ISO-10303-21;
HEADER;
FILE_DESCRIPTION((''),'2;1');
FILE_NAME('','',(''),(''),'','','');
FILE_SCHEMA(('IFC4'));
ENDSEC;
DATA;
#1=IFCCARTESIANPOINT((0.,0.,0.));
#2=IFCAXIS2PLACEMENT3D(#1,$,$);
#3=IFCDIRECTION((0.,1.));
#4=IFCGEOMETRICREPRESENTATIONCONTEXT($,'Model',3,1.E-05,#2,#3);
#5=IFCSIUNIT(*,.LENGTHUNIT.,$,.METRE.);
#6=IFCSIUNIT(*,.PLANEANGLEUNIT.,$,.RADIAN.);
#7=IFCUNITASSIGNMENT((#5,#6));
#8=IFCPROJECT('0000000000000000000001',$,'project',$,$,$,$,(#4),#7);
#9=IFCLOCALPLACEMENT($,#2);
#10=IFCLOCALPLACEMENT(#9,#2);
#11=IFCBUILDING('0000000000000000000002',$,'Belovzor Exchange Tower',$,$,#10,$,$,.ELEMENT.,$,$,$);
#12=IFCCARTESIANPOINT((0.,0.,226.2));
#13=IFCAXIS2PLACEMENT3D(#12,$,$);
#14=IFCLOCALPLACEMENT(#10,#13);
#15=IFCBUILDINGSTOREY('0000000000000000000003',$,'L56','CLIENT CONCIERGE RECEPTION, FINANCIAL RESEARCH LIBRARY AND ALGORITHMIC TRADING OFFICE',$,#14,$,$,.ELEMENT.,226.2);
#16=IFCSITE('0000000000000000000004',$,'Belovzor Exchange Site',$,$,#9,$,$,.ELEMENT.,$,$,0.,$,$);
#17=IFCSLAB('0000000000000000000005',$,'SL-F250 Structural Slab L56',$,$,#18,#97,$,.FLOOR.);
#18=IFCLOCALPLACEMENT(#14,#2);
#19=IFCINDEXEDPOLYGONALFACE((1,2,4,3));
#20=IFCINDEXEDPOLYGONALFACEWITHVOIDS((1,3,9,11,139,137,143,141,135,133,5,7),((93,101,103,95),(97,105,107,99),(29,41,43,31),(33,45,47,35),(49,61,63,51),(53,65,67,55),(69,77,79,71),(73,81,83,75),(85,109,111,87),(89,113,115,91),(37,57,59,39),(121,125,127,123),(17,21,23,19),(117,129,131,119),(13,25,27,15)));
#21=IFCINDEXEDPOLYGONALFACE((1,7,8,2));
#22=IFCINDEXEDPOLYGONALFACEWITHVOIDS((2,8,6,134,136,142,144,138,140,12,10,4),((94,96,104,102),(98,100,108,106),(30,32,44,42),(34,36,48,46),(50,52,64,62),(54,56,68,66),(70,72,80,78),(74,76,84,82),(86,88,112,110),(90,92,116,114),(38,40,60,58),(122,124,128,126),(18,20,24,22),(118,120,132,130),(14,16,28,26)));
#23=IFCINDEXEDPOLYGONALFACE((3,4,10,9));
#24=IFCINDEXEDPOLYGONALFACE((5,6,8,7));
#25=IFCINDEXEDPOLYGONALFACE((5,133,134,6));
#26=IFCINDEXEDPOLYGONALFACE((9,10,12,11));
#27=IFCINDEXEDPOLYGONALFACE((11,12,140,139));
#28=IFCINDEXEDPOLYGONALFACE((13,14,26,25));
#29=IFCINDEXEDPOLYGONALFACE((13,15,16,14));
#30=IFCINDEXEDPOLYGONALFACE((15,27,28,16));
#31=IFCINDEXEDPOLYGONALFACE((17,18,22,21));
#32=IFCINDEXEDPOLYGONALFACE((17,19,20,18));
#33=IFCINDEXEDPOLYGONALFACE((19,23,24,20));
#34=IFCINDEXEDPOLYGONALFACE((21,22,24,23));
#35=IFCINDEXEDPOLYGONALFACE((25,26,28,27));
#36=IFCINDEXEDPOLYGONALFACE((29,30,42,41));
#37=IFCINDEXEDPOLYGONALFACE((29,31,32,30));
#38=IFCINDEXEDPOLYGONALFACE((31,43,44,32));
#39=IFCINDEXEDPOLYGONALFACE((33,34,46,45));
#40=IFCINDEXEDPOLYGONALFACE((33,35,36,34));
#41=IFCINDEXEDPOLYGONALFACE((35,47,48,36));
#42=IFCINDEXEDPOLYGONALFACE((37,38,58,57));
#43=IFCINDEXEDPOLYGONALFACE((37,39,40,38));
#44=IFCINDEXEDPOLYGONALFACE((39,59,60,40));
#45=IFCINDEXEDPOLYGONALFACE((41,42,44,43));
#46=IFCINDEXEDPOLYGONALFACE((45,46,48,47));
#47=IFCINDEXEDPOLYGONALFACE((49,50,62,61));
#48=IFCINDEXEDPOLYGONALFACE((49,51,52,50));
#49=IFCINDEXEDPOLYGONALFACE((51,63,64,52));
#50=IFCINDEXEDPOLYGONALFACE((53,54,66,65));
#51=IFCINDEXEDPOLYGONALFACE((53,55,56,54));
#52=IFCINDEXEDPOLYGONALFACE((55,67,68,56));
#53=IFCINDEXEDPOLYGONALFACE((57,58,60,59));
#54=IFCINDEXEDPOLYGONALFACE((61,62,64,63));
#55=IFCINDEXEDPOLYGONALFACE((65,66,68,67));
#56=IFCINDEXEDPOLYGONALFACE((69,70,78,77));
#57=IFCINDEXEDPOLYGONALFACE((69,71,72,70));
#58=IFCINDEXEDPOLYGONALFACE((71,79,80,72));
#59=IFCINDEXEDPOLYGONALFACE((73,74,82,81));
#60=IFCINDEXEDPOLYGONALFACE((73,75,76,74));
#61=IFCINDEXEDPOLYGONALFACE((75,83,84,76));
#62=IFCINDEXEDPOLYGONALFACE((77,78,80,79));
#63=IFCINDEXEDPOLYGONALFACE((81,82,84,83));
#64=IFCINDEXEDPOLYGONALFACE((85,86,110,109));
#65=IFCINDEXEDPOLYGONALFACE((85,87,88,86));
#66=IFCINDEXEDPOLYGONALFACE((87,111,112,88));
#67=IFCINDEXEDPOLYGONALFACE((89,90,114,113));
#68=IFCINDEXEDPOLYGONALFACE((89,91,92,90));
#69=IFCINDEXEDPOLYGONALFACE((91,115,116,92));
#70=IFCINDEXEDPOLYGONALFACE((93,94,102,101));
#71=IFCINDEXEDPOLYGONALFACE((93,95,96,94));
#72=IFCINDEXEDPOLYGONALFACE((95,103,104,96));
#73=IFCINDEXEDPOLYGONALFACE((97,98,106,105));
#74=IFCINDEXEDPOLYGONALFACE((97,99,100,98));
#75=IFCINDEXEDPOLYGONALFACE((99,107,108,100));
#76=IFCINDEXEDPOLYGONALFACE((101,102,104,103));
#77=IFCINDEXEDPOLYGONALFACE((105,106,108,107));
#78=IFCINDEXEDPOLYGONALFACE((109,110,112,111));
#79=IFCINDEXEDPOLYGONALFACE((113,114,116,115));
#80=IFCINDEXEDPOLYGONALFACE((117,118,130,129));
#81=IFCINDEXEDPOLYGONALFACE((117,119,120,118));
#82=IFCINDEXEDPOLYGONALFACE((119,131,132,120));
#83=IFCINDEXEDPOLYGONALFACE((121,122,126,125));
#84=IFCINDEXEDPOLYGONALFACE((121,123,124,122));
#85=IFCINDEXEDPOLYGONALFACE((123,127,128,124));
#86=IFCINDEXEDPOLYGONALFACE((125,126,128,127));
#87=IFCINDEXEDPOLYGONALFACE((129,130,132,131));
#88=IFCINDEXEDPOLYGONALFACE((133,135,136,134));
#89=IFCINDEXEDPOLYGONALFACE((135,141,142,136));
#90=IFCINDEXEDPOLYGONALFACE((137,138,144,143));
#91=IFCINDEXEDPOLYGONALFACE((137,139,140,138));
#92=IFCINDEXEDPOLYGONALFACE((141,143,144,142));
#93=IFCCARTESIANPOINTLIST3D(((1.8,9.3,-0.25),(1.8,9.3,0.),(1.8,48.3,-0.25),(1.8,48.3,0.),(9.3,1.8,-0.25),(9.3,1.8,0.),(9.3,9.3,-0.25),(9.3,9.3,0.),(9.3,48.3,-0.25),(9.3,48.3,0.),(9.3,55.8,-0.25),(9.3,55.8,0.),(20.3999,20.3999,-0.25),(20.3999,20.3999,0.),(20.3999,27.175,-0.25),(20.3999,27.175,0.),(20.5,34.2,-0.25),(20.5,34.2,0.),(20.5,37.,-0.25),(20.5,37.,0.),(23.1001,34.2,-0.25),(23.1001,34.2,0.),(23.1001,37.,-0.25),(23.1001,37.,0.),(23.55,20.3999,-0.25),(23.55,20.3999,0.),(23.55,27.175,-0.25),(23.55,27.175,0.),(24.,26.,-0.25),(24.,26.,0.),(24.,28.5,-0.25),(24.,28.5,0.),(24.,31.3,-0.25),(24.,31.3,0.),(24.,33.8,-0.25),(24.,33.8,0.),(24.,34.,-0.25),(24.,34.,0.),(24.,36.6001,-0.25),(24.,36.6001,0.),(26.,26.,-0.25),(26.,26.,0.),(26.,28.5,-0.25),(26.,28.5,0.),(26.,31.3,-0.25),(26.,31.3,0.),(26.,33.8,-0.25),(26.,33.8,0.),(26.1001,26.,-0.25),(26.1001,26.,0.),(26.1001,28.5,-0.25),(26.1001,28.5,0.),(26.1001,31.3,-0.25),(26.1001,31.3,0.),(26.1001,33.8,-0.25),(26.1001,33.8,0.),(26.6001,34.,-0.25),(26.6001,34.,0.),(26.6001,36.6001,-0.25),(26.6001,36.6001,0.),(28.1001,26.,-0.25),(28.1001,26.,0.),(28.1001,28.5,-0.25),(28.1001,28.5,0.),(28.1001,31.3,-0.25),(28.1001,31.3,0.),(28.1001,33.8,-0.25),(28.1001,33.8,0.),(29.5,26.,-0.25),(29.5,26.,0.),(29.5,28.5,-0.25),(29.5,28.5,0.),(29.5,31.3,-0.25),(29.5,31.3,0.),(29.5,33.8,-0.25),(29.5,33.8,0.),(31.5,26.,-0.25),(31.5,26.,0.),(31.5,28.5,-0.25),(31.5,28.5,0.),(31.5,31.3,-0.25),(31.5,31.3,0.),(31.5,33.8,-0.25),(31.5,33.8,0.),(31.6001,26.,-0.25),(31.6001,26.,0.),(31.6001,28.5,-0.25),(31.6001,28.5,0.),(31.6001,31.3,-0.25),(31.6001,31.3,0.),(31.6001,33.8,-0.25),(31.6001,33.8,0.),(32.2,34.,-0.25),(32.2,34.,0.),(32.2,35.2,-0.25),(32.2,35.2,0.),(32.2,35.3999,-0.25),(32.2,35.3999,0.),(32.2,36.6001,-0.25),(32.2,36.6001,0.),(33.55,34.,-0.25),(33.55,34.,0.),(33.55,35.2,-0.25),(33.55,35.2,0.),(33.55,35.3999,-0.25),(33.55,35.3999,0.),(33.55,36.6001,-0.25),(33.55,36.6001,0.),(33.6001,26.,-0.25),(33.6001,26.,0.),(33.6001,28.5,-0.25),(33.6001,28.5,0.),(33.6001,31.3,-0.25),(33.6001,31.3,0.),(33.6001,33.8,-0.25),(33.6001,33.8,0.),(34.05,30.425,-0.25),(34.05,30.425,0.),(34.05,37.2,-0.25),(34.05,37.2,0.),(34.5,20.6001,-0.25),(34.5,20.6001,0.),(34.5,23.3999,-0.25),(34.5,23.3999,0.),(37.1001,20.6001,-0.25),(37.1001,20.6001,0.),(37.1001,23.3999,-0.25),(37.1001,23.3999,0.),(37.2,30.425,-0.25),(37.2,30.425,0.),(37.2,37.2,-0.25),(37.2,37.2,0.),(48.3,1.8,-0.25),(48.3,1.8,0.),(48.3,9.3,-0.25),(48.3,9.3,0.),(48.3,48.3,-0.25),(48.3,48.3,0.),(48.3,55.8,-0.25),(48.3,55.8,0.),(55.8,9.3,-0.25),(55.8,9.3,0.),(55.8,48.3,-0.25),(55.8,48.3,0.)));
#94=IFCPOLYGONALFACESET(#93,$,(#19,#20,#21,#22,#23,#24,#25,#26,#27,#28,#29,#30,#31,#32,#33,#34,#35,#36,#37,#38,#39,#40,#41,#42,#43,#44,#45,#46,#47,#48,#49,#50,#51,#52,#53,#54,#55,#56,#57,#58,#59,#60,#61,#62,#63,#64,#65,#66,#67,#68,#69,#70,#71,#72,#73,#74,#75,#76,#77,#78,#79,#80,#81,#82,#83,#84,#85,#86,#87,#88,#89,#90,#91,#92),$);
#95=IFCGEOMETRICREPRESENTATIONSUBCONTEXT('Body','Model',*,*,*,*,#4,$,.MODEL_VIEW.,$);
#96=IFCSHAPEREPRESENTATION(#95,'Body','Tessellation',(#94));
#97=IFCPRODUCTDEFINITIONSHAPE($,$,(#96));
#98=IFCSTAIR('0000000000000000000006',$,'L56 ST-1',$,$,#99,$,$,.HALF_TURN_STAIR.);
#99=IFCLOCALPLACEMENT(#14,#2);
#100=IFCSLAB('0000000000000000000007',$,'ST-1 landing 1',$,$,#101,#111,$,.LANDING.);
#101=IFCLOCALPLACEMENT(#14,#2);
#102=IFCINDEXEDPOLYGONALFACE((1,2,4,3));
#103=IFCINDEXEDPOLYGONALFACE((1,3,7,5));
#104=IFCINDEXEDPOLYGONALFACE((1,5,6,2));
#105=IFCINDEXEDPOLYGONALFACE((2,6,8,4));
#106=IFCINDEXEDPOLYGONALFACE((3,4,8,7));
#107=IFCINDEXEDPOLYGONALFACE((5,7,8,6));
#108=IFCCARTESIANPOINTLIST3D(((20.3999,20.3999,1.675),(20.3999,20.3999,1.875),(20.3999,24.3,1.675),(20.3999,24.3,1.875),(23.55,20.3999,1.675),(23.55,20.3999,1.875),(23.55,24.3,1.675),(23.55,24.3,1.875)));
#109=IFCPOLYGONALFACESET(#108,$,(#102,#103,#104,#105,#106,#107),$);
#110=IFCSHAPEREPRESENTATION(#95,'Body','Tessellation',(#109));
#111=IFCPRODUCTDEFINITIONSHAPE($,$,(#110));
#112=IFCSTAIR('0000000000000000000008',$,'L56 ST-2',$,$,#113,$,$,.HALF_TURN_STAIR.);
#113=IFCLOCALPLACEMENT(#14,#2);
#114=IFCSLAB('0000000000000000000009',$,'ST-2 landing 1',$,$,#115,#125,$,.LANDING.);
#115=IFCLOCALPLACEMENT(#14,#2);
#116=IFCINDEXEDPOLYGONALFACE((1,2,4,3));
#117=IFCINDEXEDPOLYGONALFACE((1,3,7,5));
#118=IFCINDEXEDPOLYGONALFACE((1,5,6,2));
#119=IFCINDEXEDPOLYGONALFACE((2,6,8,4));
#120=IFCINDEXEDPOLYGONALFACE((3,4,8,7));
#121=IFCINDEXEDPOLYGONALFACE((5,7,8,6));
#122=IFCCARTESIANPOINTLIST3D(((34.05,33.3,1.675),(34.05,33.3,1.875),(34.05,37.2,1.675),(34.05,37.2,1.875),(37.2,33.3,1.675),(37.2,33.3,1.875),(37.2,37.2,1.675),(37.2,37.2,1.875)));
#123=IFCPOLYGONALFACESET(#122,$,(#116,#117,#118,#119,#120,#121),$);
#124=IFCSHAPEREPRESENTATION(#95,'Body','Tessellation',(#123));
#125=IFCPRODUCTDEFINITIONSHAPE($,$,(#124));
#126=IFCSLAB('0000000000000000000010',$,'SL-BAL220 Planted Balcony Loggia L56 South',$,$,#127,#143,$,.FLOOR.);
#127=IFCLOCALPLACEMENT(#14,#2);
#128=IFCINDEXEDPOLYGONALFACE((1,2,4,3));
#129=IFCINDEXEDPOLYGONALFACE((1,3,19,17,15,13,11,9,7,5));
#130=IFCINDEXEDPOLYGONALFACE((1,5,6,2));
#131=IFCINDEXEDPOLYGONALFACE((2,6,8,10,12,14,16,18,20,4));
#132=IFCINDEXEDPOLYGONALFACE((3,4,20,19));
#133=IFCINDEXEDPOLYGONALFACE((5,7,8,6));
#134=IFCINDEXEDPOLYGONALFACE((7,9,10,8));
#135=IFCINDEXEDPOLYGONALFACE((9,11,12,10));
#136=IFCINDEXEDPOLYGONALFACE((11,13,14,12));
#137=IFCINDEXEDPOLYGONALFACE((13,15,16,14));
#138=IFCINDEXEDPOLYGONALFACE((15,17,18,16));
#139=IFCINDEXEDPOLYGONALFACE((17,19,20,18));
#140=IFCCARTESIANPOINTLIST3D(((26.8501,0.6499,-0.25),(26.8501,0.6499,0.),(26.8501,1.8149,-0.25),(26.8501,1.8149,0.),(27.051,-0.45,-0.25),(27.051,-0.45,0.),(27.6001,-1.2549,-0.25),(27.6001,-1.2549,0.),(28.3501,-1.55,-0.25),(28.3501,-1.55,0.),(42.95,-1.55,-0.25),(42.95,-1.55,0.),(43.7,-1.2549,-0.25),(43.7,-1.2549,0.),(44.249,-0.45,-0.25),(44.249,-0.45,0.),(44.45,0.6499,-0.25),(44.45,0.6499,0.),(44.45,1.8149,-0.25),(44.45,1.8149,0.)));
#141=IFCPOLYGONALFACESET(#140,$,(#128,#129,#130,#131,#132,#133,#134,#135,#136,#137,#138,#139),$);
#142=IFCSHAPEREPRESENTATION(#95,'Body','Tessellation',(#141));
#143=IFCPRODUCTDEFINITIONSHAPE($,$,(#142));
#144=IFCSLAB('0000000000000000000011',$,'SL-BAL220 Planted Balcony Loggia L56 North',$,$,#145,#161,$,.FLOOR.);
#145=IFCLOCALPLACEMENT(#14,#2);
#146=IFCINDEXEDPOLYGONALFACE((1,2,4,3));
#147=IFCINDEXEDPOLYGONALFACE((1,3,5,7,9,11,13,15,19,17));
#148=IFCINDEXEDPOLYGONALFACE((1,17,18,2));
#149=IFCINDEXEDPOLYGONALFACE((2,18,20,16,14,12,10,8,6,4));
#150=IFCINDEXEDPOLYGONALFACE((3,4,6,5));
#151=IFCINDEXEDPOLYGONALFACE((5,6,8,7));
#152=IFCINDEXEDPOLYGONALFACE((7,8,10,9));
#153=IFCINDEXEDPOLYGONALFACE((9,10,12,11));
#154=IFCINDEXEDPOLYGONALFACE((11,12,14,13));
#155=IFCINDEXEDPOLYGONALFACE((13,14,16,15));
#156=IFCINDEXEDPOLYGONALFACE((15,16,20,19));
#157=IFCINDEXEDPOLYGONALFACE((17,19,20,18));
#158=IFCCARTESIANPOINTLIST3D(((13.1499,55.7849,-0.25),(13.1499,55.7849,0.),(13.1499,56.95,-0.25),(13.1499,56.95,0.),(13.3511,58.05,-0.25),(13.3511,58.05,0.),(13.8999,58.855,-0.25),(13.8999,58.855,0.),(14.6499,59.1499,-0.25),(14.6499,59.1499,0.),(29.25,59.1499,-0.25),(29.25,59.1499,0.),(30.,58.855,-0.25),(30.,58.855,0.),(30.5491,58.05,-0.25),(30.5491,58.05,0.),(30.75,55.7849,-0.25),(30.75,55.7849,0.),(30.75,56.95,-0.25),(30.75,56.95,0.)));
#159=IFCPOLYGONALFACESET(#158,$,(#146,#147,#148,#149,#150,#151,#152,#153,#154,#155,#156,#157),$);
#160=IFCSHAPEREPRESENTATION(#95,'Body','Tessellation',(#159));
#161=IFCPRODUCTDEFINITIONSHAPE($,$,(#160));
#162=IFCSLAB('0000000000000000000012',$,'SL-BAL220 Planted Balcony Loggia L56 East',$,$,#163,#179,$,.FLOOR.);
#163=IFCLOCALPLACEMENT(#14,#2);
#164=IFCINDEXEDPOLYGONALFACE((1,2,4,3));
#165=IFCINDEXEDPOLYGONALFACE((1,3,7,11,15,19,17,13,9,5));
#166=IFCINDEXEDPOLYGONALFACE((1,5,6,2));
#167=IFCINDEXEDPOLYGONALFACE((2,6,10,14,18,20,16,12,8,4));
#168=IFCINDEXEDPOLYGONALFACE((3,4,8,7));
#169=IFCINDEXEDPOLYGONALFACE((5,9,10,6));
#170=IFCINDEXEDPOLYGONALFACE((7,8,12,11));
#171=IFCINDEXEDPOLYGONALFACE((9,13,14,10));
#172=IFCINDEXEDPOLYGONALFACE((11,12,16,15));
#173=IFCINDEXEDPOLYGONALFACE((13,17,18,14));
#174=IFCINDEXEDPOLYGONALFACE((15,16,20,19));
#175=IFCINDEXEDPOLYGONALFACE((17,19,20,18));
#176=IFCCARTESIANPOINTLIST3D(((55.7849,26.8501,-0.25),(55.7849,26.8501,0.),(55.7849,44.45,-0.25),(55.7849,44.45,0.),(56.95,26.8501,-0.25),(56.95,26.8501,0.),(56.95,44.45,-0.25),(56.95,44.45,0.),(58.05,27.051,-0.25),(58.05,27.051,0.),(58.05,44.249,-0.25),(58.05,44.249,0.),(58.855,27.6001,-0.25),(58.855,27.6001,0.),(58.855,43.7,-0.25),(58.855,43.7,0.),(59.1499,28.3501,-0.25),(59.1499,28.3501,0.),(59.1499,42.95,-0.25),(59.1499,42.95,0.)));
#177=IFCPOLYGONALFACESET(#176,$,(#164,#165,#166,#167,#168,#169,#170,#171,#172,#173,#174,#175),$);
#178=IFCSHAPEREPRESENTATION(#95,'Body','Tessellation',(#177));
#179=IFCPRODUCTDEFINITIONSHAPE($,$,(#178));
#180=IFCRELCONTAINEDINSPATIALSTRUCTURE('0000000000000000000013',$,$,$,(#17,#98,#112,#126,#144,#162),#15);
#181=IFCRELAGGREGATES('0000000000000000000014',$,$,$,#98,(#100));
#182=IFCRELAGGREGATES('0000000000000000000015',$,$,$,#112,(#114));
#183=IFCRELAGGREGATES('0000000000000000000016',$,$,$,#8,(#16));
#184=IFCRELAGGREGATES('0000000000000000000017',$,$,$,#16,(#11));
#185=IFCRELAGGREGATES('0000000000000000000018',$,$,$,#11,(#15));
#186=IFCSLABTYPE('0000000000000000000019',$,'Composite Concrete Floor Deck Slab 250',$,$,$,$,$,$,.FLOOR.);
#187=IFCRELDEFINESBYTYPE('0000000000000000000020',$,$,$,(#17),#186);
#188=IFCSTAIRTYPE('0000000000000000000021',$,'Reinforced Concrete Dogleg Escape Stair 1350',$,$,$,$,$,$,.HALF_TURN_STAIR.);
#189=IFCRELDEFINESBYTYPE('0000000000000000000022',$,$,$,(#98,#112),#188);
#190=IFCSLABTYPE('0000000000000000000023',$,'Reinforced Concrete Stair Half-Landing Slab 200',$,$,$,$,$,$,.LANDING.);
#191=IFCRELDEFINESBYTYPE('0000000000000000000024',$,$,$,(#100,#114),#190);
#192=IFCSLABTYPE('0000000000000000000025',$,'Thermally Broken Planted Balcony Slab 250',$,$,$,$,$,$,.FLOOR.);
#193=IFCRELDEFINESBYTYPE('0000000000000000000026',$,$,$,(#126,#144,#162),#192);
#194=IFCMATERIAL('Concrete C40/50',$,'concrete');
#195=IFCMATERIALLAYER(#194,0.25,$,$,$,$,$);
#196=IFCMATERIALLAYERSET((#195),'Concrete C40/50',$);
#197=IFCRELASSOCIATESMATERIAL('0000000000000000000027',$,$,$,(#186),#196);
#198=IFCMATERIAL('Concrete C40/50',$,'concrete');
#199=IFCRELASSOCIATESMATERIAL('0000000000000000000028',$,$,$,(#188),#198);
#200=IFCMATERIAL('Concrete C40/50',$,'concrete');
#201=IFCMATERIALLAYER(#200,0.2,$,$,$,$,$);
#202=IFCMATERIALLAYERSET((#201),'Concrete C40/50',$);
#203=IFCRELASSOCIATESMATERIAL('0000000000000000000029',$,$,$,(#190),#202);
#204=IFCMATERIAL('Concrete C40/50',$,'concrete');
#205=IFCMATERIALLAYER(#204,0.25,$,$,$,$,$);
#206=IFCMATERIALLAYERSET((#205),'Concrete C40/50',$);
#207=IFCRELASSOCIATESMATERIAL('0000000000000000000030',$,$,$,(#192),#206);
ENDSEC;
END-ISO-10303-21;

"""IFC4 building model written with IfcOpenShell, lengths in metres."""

from ifc_helpers import new_model, si_unit, direction, frame, origin, place, context, subcontext, project, spatial, polyline, outline, extrude, material, layer, layer_set, type_object, element, aggregate, save


model = new_model("IFC4")

# Units and contexts
model_context = context("Model", 3, precision=1e-05, world=origin(), true_north=direction((0.0, 1.0)))
body_context = subcontext(model_context, "Body", "Model", "MODEL_VIEW")
ifc_project = project(units=[si_unit("LENGTHUNIT", "METRE"), si_unit("PLANEANGLEUNIT", "RADIAN")], contexts=[model_context])

# Site, building, storey
site_placement = place(None, origin())
site = spatial("IfcSite", under=ifc_project, at=site_placement, Name="Belovzor Exchange Site", CompositionType="ELEMENT", RefElevation=0.0)
building_placement = place(site_placement, origin())
building = spatial("IfcBuilding", under=site, at=building_placement, Name="Belovzor Exchange Tower", CompositionType="ELEMENT")
storey_placement = place(building_placement, frame((0.0, 0.0, 226.2)))
storey = spatial("IfcBuildingStorey", under=building, at=storey_placement, Name="L56", Description="CLIENT CONCIERGE RECEPTION, FINANCIAL RESEARCH LIBRARY AND ALGORITHMIC TRADING OFFICE", CompositionType="ELEMENT", Elevation=226.2)

# Slab
ifc_material_1 = material(Name="Concrete C40/50", Category="concrete")
ifc_layer_1 = layer(ifc_material_1, 0.25)
ifc_layer_set_1 = layer_set([ifc_layer_1], Name="Concrete C40/50")
slab_type_1 = type_object("IfcSlabType", Name="Composite Concrete Floor Deck Slab 250", PredefinedType="FLOOR", material=ifc_layer_set_1)
slab_1_placement = place(storey_placement, frame((0.0, 0.0, -0.25)))
element("IfcSlab", 1, at=slab_1_placement, inside=storey, type_object=slab_type_1, Name="SL-F250 Structural Slab L56", PredefinedType="FLOOR", context=body_context, shape_type="SweptSolid", body=[
    extrude(outline(polyline([(9.3, 1.8), (48.3, 1.8), (48.3, 9.3), (55.8, 9.3), (55.8, 48.3), (48.3, 48.3), (48.3, 55.8), (9.3, 55.8), (9.3, 48.3), (1.8, 48.3), (1.8, 9.3), (9.3, 9.3), (9.3, 1.8)]), holes=[polyline([(20.3999, 27.175), (20.3999, 20.3999), (23.55, 20.3999), (23.55, 27.175), (20.3999, 27.175)]), polyline([(37.2, 30.425), (37.2, 37.2), (34.05, 37.2), (34.05, 30.425), (37.2, 30.425)]), polyline([(20.5, 34.2), (23.1001, 34.2), (23.1001, 37.0), (20.5, 37.0), (20.5, 34.2)]), polyline([(34.5, 20.6001), (37.1001, 20.6001), (37.1001, 23.3999), (34.5, 23.3999), (34.5, 20.6001)]), polyline([(24.0, 34.0), (26.6001, 34.0), (26.6001, 36.6001), (24.0, 36.6001), (24.0, 34.0)]), polyline([(24.0, 26.0), (26.0, 26.0), (26.0, 28.5), (24.0, 28.5), (24.0, 26.0)]), polyline([(26.1001, 26.0), (28.1001, 26.0), (28.1001, 28.5), (26.1001, 28.5), (26.1001, 26.0)]), polyline([(29.5, 26.0), (31.5, 26.0), (31.5, 28.5), (29.5, 28.5), (29.5, 26.0)]), polyline([(31.6001, 26.0), (33.6001, 26.0), (33.6001, 28.5), (31.6001, 28.5), (31.6001, 26.0)]), polyline([(24.0, 31.3), (26.0, 31.3), (26.0, 33.8), (24.0, 33.8), (24.0, 31.3)]), polyline([(26.1001, 31.3), (28.1001, 31.3), (28.1001, 33.8), (26.1001, 33.8), (26.1001, 31.3)]), polyline([(29.5, 31.3), (31.5, 31.3), (31.5, 33.8), (29.5, 33.8), (29.5, 31.3)]), polyline([(31.6001, 31.3), (33.6001, 31.3), (33.6001, 33.8), (31.6001, 33.8), (31.6001, 31.3)]), polyline([(32.2, 34.0), (33.55, 34.0), (33.55, 35.2), (32.2, 35.2), (32.2, 34.0)]), polyline([(32.2, 35.3999), (33.55, 35.3999), (33.55, 36.6001), (32.2, 36.6001), (32.2, 35.3999)])]), origin(), (0.0, 0.0, 1.0), 0.25),
])

# Stairs, slabs
ifc_material_2 = material(Name="Concrete C40/50", Category="concrete")
stair_type = type_object("IfcStairType", Name="Reinforced Concrete Dogleg Escape Stair 1350", PredefinedType="HALF_TURN_STAIR", material=ifc_material_2)
stair_1_placement = place(storey_placement, origin())
stair_1 = element("IfcStair", 2, at=stair_1_placement, inside=storey, type_object=stair_type, Name="L56 ST-1", PredefinedType="HALF_TURN_STAIR")
ifc_material_3 = material(Name="Concrete C40/50", Category="concrete")
ifc_layer_2 = layer(ifc_material_3, 0.2)
ifc_layer_set_2 = layer_set([ifc_layer_2], Name="Concrete C40/50")
slab_type_2 = type_object("IfcSlabType", Name="Reinforced Concrete Stair Half-Landing Slab 200", PredefinedType="LANDING", material=ifc_layer_set_2)
slab_2_placement = place(storey_placement, frame((0.0, 0.0, 1.675)))
slab_2 = element("IfcSlab", 3, at=slab_2_placement, type_object=slab_type_2, Name="ST-1 landing 1", PredefinedType="LANDING", context=body_context, shape_type="SweptSolid", body=[
    extrude(outline(polyline([(20.3999, 24.3), (20.3999, 20.3999), (23.55, 20.3999), (23.55, 24.3), (20.3999, 24.3)])), origin(), (0.0, 0.0, 1.0), 0.2),
])
aggregate(stair_1, [slab_2])
stair_2_placement = place(storey_placement, origin())
stair_2 = element("IfcStair", 4, at=stair_2_placement, inside=storey, type_object=stair_type, Name="L56 ST-2", PredefinedType="HALF_TURN_STAIR")
slab_3_placement = place(storey_placement, frame((0.0, 0.0, 1.675)))
slab_3 = element("IfcSlab", 5, at=slab_3_placement, type_object=slab_type_2, Name="ST-2 landing 1", PredefinedType="LANDING", context=body_context, shape_type="SweptSolid", body=[
    extrude(outline(polyline([(37.2, 33.3), (37.2, 37.2), (34.05, 37.2), (34.05, 33.3), (37.2, 33.3)])), origin(), (0.0, 0.0, 1.0), 0.2),
])
aggregate(stair_2, [slab_3])

# Slabs
ifc_material_4 = material(Name="Concrete C40/50", Category="concrete")
ifc_layer_3 = layer(ifc_material_4, 0.25)
ifc_layer_set_3 = layer_set([ifc_layer_3], Name="Concrete C40/50")
slab_type_3 = type_object("IfcSlabType", Name="Thermally Broken Planted Balcony Slab 250", PredefinedType="FLOOR", material=ifc_layer_set_3)
slab_4_placement = place(storey_placement, frame((0.0, 0.0, -0.25)))
element("IfcSlab", 6, at=slab_4_placement, inside=storey, type_object=slab_type_3, Name="SL-BAL220 Planted Balcony Loggia L56 South", PredefinedType="FLOOR", context=body_context, shape_type="SweptSolid", body=[
    extrude(outline(polyline([(26.8501, 1.8149), (26.8501, 0.6499), (27.051, -0.45), (27.6001, -1.2549), (28.3501, -1.55), (42.95, -1.55), (43.7, -1.2549), (44.249, -0.45), (44.45, 0.6499), (44.45, 1.8149), (26.8501, 1.8149)])), origin(), (0.0, 0.0, 1.0), 0.25),
])
slab_5_placement = place(storey_placement, frame((0.0, 0.0, -0.25)))
element("IfcSlab", 7, at=slab_5_placement, inside=storey, type_object=slab_type_3, Name="SL-BAL220 Planted Balcony Loggia L56 North", PredefinedType="FLOOR", context=body_context, shape_type="SweptSolid", body=[
    extrude(outline(polyline([(30.75, 55.7849), (30.75, 56.95), (30.5491, 58.05), (30.0, 58.855), (29.25, 59.1499), (14.6499, 59.1499), (13.8999, 58.855), (13.3511, 58.05), (13.1499, 56.95), (13.1499, 55.7849), (30.75, 55.7849)])), origin(), (0.0, 0.0, 1.0), 0.25),
])
slab_6_placement = place(storey_placement, frame((0.0, 0.0, -0.25)))
element("IfcSlab", 8, at=slab_6_placement, inside=storey, type_object=slab_type_3, Name="SL-BAL220 Planted Balcony Loggia L56 East", PredefinedType="FLOOR", context=body_context, shape_type="SweptSolid", body=[
    extrude(outline(polyline([(55.7849, 26.8501), (56.95, 26.8501), (58.05, 27.051), (58.855, 27.6001), (59.1499, 28.3501), (59.1499, 42.95), (58.855, 43.7), (58.05, 44.249), (56.95, 44.45), (55.7849, 44.45), (55.7849, 26.8501)])), origin(), (0.0, 0.0, 1.0), 0.25),
])

save(model, "model.ifc")
